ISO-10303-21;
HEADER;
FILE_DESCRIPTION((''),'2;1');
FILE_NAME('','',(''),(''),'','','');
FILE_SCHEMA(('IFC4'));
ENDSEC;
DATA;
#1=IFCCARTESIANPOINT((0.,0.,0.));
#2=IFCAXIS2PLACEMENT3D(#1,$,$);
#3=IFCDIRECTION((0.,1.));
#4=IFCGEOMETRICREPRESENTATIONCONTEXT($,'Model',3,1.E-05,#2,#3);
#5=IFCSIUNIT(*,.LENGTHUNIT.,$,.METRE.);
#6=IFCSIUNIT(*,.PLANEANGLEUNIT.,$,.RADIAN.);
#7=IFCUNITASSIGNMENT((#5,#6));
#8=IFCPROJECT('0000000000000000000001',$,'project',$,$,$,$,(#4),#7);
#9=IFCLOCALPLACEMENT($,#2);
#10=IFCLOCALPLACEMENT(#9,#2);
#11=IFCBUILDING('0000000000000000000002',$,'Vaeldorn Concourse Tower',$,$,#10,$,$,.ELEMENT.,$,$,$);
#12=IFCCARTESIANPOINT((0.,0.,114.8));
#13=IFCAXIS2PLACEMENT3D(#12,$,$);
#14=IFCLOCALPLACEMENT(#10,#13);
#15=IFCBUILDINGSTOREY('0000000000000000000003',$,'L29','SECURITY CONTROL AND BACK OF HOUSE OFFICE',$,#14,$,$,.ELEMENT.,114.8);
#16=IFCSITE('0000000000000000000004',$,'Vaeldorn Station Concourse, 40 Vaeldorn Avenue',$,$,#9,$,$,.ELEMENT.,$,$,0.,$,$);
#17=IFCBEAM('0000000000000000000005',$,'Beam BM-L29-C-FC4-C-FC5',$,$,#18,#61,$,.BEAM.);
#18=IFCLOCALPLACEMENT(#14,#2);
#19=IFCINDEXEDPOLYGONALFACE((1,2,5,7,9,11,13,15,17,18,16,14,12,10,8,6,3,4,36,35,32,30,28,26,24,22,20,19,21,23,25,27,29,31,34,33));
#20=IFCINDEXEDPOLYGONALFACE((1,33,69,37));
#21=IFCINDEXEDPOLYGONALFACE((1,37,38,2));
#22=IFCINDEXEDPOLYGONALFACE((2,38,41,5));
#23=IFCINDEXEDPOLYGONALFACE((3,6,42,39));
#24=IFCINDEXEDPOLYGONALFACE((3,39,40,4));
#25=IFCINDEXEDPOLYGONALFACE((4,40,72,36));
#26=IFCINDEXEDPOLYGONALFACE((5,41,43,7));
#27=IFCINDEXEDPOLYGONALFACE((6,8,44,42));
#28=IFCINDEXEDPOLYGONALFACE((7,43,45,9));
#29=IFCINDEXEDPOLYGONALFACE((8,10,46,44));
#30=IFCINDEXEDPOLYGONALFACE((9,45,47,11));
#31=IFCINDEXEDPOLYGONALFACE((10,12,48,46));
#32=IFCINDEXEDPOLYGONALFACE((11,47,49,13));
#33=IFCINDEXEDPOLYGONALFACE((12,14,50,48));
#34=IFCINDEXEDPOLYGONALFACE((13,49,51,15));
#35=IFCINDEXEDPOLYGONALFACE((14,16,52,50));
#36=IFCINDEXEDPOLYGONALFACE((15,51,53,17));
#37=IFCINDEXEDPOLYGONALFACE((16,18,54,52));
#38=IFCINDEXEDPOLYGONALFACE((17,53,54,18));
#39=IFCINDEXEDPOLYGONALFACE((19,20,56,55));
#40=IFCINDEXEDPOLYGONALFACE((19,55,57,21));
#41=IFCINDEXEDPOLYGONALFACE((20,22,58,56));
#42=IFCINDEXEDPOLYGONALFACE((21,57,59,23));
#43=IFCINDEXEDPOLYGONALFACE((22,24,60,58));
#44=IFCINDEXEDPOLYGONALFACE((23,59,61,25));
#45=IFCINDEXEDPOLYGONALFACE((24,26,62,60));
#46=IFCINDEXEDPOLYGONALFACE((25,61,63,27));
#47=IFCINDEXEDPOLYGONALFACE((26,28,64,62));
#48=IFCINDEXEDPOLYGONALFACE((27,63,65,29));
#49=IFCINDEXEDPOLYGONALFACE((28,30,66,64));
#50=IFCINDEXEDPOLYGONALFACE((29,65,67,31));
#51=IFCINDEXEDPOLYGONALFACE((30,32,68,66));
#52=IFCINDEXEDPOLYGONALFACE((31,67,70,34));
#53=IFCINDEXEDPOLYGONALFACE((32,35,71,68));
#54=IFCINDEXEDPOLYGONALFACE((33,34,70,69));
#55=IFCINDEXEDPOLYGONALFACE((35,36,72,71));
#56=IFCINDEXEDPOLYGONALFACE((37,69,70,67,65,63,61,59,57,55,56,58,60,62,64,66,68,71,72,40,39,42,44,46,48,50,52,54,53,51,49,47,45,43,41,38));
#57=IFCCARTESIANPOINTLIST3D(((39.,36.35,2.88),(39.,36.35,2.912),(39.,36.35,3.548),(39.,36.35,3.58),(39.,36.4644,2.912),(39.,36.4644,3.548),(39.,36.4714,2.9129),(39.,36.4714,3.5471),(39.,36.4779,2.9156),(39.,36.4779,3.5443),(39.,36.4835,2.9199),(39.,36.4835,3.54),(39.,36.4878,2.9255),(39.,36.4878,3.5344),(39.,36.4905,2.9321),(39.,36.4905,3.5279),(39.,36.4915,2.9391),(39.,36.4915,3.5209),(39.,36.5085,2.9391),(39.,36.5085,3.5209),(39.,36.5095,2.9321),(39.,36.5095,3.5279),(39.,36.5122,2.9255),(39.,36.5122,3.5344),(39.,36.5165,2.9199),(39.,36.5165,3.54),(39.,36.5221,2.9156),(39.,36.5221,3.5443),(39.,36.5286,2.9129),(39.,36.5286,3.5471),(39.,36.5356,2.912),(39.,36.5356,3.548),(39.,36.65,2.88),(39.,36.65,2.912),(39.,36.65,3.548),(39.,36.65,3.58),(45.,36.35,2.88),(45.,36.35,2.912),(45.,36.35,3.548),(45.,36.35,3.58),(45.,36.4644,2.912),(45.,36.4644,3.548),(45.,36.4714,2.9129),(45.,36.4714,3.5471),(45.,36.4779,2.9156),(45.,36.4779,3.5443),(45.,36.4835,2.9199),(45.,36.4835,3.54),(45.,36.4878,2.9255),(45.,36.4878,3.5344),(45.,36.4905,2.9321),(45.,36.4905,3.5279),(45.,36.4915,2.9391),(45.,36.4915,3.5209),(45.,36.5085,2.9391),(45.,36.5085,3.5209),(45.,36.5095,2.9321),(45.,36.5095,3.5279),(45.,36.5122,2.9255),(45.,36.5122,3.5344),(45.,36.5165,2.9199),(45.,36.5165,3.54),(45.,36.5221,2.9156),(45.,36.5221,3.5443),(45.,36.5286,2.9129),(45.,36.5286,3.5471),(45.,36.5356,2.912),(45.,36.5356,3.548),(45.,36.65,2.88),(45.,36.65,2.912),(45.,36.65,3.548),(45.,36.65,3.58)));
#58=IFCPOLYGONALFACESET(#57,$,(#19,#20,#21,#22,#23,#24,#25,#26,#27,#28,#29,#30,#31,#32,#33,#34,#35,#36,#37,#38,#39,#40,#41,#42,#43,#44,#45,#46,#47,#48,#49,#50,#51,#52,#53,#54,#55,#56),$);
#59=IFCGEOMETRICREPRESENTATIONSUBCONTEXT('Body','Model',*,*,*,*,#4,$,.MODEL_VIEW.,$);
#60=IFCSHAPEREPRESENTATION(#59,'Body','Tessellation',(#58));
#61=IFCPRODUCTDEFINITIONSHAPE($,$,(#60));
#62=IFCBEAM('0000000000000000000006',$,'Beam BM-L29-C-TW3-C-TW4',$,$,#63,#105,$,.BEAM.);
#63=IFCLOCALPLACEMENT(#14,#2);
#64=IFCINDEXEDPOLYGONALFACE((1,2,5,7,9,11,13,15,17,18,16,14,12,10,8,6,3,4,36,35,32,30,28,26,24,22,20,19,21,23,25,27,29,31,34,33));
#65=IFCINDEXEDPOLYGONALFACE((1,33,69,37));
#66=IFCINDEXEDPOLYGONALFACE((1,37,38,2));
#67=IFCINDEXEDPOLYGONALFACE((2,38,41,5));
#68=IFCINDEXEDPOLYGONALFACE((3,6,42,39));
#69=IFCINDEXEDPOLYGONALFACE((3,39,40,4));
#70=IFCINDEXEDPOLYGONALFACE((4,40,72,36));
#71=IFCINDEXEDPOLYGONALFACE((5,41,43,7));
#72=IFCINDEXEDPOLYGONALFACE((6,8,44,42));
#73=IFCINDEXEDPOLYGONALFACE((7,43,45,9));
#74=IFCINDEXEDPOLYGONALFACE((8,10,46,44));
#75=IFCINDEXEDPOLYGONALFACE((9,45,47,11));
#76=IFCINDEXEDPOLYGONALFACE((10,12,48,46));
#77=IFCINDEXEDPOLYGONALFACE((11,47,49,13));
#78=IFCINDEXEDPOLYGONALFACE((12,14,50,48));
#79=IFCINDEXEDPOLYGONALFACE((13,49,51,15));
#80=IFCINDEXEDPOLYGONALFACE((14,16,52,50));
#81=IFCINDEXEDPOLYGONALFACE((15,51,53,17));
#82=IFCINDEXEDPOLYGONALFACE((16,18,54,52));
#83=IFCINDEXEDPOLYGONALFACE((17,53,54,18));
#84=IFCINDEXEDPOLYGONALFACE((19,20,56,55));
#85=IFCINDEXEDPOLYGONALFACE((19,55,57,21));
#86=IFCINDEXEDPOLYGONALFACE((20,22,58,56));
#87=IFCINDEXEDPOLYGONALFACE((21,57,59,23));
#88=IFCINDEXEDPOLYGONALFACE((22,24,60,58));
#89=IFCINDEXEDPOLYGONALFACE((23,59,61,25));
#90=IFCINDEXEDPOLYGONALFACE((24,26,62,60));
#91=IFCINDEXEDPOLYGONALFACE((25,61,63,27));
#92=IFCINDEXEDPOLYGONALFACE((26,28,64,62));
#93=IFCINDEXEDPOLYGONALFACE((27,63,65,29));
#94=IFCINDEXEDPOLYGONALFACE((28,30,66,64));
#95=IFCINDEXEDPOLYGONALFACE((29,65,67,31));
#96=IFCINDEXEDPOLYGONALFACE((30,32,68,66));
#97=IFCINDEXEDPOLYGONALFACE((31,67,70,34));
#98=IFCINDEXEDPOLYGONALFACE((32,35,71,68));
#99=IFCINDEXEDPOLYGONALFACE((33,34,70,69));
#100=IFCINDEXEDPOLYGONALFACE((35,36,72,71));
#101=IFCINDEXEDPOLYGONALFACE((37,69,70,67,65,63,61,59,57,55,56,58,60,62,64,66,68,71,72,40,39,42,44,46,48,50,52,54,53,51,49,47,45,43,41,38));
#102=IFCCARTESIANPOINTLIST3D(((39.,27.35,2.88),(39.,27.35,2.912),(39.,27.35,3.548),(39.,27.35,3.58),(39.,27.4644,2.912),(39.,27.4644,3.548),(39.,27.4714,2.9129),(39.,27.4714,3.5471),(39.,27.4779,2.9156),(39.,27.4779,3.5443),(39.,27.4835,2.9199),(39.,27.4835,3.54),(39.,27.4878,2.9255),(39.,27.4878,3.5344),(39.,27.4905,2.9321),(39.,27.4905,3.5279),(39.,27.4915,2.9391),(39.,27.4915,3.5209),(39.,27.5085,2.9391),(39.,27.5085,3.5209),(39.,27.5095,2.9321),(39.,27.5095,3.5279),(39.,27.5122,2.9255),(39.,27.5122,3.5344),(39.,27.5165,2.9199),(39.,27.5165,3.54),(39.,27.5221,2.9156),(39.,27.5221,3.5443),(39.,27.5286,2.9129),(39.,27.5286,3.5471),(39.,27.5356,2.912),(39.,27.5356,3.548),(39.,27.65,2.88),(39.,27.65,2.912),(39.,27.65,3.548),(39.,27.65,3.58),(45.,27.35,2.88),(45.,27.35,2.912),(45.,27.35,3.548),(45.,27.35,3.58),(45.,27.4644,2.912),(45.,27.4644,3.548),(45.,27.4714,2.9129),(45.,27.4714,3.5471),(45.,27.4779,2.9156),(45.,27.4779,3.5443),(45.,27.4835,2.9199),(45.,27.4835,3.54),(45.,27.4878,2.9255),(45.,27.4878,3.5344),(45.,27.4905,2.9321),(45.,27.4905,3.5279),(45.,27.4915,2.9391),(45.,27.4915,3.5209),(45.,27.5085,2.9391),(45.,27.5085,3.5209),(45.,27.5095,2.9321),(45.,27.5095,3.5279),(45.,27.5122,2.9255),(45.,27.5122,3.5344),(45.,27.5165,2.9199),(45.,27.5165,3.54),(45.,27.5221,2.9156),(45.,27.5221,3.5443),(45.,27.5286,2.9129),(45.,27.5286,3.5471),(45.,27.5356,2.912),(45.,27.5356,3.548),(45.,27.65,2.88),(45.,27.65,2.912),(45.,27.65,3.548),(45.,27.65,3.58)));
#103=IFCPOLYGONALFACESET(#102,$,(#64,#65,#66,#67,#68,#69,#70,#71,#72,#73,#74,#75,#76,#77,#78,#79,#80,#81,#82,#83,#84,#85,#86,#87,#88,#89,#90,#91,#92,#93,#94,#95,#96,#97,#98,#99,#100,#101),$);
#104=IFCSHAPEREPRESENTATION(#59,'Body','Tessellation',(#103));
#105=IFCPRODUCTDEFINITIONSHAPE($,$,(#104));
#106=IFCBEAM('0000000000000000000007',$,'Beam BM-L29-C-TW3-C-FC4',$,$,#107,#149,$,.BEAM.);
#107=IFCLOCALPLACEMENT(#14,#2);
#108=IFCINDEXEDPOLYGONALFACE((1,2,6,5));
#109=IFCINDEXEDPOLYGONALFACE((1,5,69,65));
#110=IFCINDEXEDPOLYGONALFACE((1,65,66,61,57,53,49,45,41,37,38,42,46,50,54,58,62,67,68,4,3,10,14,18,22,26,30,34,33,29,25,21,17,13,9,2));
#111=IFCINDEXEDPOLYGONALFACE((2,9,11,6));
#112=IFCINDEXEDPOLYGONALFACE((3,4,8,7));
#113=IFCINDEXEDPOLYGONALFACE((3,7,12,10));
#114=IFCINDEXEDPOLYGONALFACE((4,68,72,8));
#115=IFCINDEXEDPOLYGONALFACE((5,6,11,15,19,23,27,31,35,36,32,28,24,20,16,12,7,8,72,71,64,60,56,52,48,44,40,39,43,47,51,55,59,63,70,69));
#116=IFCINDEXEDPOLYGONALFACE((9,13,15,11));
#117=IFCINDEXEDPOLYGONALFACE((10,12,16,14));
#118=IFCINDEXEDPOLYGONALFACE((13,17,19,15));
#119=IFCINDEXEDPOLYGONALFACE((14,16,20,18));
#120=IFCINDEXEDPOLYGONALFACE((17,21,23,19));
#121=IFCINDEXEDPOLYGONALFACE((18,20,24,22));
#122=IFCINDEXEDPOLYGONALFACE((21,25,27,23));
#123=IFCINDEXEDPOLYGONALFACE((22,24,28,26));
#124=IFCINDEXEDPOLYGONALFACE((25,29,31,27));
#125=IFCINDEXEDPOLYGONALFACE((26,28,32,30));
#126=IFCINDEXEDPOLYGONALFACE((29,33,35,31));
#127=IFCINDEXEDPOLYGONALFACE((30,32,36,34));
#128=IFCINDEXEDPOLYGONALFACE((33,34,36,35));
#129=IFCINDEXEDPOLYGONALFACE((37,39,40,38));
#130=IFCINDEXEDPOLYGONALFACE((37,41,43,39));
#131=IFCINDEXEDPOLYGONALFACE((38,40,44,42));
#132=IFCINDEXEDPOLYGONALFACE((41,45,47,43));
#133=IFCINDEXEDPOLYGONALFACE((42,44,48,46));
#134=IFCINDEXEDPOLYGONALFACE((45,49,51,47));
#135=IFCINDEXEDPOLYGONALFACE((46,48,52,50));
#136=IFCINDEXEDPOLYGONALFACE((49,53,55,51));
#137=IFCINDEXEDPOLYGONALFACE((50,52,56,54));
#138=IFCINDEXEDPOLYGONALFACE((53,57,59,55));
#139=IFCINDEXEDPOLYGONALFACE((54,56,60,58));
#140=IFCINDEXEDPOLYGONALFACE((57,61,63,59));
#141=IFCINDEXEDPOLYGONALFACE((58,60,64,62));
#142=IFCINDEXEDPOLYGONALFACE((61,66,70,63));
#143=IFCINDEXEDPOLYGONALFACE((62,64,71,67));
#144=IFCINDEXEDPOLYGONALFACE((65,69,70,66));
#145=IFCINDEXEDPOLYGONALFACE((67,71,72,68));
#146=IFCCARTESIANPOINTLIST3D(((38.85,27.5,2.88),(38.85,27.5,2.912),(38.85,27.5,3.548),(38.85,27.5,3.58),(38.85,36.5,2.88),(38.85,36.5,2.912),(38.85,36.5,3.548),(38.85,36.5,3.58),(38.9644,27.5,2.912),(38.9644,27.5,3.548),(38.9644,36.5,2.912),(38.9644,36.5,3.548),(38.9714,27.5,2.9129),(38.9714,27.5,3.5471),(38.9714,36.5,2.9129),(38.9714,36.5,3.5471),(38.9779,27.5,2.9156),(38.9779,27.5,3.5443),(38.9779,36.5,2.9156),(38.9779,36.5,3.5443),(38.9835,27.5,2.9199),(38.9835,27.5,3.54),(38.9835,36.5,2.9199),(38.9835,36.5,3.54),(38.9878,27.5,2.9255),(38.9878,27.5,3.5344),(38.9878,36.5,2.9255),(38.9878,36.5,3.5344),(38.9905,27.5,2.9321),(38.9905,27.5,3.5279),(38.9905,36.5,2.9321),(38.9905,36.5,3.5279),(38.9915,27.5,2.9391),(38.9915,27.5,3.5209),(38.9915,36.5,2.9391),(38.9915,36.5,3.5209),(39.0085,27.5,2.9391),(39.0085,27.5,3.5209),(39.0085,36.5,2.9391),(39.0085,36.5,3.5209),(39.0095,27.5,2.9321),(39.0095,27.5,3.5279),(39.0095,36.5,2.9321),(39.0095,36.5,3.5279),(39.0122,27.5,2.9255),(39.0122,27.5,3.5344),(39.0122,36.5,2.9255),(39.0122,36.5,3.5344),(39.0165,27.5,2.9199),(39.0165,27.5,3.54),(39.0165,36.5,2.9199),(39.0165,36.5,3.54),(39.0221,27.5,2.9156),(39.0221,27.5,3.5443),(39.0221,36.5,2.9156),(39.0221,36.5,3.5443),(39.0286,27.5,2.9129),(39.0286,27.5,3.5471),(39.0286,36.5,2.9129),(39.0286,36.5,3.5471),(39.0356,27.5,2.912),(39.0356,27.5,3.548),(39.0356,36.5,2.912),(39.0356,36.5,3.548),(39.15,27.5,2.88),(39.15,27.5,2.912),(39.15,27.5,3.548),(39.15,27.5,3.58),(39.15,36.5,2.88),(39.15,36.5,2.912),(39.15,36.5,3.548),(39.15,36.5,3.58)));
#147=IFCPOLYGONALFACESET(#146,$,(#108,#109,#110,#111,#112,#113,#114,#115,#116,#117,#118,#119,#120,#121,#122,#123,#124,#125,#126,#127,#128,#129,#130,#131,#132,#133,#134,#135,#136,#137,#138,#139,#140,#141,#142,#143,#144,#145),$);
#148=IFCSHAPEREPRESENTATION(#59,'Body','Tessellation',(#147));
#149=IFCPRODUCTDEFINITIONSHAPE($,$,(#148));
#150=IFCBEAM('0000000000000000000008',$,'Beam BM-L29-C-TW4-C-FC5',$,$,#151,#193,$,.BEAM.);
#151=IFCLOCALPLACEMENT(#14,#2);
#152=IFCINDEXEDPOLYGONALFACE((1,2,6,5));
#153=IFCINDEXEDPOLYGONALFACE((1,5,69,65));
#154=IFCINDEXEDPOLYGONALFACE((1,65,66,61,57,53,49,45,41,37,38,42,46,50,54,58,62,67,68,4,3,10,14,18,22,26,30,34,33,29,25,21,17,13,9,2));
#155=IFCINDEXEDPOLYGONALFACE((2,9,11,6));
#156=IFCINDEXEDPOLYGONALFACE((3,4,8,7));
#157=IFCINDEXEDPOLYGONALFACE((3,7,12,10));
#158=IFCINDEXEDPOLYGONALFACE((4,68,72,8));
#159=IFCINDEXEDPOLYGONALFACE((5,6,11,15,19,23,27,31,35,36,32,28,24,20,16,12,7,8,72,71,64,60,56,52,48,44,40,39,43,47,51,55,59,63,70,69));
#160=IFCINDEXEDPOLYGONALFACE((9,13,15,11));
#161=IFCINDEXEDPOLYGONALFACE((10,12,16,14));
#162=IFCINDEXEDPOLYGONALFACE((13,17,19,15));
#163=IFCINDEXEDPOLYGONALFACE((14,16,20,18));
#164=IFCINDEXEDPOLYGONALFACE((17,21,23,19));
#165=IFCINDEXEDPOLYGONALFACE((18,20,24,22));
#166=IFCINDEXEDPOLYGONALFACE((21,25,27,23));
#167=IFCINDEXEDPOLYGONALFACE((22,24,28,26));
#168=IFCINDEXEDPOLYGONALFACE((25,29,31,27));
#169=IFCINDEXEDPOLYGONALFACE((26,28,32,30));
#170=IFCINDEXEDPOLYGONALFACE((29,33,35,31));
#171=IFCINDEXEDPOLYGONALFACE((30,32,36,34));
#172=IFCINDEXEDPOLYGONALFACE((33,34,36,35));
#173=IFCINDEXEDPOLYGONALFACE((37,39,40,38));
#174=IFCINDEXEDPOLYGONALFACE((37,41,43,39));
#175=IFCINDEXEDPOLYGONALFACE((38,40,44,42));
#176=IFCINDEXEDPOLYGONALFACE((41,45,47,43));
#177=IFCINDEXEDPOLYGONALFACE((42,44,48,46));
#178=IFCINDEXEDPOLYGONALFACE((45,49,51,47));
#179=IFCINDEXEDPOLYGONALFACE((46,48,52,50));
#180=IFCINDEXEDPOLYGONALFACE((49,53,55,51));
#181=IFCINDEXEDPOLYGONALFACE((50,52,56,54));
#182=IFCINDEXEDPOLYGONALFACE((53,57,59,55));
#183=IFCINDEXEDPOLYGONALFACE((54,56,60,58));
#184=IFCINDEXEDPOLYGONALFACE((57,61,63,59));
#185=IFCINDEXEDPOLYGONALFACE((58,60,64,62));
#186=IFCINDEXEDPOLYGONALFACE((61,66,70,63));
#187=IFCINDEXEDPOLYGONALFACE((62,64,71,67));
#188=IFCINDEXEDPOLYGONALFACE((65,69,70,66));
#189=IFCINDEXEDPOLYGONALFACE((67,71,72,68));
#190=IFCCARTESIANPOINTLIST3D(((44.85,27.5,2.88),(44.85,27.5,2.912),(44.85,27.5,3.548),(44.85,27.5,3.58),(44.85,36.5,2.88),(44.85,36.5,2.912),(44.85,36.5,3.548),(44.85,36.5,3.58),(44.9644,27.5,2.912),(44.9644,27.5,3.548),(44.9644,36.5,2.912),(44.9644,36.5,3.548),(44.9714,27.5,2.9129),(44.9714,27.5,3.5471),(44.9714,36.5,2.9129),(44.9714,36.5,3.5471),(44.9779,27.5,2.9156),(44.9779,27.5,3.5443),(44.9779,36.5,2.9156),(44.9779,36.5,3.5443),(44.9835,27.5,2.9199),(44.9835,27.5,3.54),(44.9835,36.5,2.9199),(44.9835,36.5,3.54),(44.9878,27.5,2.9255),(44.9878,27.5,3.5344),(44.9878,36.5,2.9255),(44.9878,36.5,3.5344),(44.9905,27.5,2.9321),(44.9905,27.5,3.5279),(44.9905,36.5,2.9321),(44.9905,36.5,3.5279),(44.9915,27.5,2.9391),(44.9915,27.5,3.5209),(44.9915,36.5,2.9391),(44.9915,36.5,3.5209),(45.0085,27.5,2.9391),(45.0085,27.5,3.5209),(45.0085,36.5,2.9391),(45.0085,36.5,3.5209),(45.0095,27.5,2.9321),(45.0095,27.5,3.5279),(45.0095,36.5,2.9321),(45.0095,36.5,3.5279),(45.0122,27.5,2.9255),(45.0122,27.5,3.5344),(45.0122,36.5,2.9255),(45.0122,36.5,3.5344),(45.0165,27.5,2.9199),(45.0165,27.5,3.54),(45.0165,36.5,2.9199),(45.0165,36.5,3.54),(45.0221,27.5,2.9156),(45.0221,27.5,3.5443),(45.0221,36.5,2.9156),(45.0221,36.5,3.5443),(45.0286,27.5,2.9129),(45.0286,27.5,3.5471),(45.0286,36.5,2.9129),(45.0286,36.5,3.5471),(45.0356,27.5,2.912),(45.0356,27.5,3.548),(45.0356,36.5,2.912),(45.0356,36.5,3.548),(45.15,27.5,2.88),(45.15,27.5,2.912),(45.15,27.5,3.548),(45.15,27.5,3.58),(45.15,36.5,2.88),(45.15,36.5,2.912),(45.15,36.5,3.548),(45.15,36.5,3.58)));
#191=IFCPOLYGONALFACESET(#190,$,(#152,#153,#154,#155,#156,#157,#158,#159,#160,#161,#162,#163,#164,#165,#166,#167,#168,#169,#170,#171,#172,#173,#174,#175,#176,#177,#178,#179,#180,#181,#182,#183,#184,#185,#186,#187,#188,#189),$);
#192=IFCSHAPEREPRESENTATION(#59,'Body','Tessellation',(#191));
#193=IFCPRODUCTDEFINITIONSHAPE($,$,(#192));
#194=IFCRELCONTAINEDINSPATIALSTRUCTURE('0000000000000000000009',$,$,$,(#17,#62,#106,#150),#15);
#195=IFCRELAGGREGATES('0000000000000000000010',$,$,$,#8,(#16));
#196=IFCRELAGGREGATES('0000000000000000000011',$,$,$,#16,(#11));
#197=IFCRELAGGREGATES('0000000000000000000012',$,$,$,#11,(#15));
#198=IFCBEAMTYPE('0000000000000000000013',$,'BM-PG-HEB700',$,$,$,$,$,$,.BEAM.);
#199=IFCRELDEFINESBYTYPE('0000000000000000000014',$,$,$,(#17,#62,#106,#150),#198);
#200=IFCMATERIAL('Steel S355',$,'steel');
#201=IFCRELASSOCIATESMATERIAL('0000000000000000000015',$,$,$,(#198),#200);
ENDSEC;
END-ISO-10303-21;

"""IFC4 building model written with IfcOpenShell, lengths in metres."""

from ifc_helpers import new_model, si_unit, direction, frame, origin, origin_2d, place, context, subcontext, project, spatial, i_section, extrude, source, transform, mapped, material, material_profile, profile_set, type_object, element, save


model = new_model("IFC4")

# Units and contexts
model_context = context("Model", 3, precision=1e-05, world=origin(), true_north=direction((0.0, 1.0)))
body_context = subcontext(model_context, "Body", "Model", "MODEL_VIEW")
ifc_project = project(units=[si_unit("LENGTHUNIT", "METRE"), si_unit("PLANEANGLEUNIT", "RADIAN")], contexts=[model_context])

# Site, building, storey
site_placement = place(None, origin())
site = spatial("IfcSite", under=ifc_project, at=site_placement, Name="Vaeldorn Station Concourse, 40 Vaeldorn Avenue", CompositionType="ELEMENT", RefElevation=0.0)
building_placement = place(site_placement, origin())
building = spatial("IfcBuilding", under=site, at=building_placement, Name="Vaeldorn Concourse Tower", CompositionType="ELEMENT")
storey_placement = place(building_placement, frame((0.0, 0.0, 114.8)))
storey = spatial("IfcBuildingStorey", under=building, at=storey_placement, Name="L29", Description="SECURITY CONTROL AND BACK OF HOUSE OFFICE", CompositionType="ELEMENT", Elevation=114.8)

# Beams
ifc_material_1 = material(Name="Steel S355", Category="steel")
ifc_material_profile_1 = material_profile(ifc_material_1, i_section(OverallWidth=0.3, OverallDepth=0.7, WebThickness=0.0171, FlangeThickness=0.032, FilletRadius=0.0271, at=origin_2d()), Name="HEB 700")
ifc_profile_set_1 = profile_set([ifc_material_profile_1], Name="Steel S355")
beam_type_1 = type_object("IfcBeamType", Name="BM-PG-HEB700", PredefinedType="BEAM", material=ifc_profile_set_1)
shared_shape_1 = source(origin(), body_context, "Body", "SweptSolid", [
    extrude(i_section(OverallWidth=0.3, OverallDepth=0.7, WebThickness=0.0171, FlangeThickness=0.032, FilletRadius=0.0271, at=origin_2d()), origin(), (0.0, 0.0, 1.0), 6.0),
])
for number, where, z_axis, x_axis, name in (
    (1, (39.0, 36.5, 3.23), (1.0, 0.0, 0.0), (0.0, 1.0, 0.0), "Beam BM-L29-C-FC4-C-FC5"),
    (2, (39.0, 27.5, 3.23), (1.0, 0.0, 0.0), (0.0, 1.0, 0.0), "Beam BM-L29-C-TW3-C-TW4"),
):
    element("IfcBeam", number, at=place(storey_placement, frame(where, z_axis=z_axis, x_axis=x_axis)), inside=storey, type_object=beam_type_1, Name=name, PredefinedType="BEAM", context=body_context, shape_type="MappedRepresentation", body=[
        mapped(shared_shape_1, transform((0.0, 0.0, 0.0), scale=1.0)),
    ])
shared_shape_2 = source(origin(), body_context, "Body", "SweptSolid", [
    extrude(i_section(OverallWidth=0.3, OverallDepth=0.7, WebThickness=0.0171, FlangeThickness=0.032, FilletRadius=0.0271, at=origin_2d()), origin(), (0.0, 0.0, 1.0), 9.0),
])
for number, where, z_axis, x_axis, name in (
    (3, (39.0, 27.5, 3.23), (0.0, 1.0, 0.0), (-1.0, 0.0, 0.0), "Beam BM-L29-C-TW3-C-FC4"),
    (4, (45.0, 27.5, 3.23), (0.0, 1.0, 0.0), (-1.0, 0.0, 0.0), "Beam BM-L29-C-TW4-C-FC5"),
):
    element("IfcBeam", number, at=place(storey_placement, frame(where, z_axis=z_axis, x_axis=x_axis)), inside=storey, type_object=beam_type_1, Name=name, PredefinedType="BEAM", context=body_context, shape_type="MappedRepresentation", body=[
        mapped(shared_shape_2, transform((0.0, 0.0, 0.0), scale=1.0)),
    ])

save(model, "model.ifc")
